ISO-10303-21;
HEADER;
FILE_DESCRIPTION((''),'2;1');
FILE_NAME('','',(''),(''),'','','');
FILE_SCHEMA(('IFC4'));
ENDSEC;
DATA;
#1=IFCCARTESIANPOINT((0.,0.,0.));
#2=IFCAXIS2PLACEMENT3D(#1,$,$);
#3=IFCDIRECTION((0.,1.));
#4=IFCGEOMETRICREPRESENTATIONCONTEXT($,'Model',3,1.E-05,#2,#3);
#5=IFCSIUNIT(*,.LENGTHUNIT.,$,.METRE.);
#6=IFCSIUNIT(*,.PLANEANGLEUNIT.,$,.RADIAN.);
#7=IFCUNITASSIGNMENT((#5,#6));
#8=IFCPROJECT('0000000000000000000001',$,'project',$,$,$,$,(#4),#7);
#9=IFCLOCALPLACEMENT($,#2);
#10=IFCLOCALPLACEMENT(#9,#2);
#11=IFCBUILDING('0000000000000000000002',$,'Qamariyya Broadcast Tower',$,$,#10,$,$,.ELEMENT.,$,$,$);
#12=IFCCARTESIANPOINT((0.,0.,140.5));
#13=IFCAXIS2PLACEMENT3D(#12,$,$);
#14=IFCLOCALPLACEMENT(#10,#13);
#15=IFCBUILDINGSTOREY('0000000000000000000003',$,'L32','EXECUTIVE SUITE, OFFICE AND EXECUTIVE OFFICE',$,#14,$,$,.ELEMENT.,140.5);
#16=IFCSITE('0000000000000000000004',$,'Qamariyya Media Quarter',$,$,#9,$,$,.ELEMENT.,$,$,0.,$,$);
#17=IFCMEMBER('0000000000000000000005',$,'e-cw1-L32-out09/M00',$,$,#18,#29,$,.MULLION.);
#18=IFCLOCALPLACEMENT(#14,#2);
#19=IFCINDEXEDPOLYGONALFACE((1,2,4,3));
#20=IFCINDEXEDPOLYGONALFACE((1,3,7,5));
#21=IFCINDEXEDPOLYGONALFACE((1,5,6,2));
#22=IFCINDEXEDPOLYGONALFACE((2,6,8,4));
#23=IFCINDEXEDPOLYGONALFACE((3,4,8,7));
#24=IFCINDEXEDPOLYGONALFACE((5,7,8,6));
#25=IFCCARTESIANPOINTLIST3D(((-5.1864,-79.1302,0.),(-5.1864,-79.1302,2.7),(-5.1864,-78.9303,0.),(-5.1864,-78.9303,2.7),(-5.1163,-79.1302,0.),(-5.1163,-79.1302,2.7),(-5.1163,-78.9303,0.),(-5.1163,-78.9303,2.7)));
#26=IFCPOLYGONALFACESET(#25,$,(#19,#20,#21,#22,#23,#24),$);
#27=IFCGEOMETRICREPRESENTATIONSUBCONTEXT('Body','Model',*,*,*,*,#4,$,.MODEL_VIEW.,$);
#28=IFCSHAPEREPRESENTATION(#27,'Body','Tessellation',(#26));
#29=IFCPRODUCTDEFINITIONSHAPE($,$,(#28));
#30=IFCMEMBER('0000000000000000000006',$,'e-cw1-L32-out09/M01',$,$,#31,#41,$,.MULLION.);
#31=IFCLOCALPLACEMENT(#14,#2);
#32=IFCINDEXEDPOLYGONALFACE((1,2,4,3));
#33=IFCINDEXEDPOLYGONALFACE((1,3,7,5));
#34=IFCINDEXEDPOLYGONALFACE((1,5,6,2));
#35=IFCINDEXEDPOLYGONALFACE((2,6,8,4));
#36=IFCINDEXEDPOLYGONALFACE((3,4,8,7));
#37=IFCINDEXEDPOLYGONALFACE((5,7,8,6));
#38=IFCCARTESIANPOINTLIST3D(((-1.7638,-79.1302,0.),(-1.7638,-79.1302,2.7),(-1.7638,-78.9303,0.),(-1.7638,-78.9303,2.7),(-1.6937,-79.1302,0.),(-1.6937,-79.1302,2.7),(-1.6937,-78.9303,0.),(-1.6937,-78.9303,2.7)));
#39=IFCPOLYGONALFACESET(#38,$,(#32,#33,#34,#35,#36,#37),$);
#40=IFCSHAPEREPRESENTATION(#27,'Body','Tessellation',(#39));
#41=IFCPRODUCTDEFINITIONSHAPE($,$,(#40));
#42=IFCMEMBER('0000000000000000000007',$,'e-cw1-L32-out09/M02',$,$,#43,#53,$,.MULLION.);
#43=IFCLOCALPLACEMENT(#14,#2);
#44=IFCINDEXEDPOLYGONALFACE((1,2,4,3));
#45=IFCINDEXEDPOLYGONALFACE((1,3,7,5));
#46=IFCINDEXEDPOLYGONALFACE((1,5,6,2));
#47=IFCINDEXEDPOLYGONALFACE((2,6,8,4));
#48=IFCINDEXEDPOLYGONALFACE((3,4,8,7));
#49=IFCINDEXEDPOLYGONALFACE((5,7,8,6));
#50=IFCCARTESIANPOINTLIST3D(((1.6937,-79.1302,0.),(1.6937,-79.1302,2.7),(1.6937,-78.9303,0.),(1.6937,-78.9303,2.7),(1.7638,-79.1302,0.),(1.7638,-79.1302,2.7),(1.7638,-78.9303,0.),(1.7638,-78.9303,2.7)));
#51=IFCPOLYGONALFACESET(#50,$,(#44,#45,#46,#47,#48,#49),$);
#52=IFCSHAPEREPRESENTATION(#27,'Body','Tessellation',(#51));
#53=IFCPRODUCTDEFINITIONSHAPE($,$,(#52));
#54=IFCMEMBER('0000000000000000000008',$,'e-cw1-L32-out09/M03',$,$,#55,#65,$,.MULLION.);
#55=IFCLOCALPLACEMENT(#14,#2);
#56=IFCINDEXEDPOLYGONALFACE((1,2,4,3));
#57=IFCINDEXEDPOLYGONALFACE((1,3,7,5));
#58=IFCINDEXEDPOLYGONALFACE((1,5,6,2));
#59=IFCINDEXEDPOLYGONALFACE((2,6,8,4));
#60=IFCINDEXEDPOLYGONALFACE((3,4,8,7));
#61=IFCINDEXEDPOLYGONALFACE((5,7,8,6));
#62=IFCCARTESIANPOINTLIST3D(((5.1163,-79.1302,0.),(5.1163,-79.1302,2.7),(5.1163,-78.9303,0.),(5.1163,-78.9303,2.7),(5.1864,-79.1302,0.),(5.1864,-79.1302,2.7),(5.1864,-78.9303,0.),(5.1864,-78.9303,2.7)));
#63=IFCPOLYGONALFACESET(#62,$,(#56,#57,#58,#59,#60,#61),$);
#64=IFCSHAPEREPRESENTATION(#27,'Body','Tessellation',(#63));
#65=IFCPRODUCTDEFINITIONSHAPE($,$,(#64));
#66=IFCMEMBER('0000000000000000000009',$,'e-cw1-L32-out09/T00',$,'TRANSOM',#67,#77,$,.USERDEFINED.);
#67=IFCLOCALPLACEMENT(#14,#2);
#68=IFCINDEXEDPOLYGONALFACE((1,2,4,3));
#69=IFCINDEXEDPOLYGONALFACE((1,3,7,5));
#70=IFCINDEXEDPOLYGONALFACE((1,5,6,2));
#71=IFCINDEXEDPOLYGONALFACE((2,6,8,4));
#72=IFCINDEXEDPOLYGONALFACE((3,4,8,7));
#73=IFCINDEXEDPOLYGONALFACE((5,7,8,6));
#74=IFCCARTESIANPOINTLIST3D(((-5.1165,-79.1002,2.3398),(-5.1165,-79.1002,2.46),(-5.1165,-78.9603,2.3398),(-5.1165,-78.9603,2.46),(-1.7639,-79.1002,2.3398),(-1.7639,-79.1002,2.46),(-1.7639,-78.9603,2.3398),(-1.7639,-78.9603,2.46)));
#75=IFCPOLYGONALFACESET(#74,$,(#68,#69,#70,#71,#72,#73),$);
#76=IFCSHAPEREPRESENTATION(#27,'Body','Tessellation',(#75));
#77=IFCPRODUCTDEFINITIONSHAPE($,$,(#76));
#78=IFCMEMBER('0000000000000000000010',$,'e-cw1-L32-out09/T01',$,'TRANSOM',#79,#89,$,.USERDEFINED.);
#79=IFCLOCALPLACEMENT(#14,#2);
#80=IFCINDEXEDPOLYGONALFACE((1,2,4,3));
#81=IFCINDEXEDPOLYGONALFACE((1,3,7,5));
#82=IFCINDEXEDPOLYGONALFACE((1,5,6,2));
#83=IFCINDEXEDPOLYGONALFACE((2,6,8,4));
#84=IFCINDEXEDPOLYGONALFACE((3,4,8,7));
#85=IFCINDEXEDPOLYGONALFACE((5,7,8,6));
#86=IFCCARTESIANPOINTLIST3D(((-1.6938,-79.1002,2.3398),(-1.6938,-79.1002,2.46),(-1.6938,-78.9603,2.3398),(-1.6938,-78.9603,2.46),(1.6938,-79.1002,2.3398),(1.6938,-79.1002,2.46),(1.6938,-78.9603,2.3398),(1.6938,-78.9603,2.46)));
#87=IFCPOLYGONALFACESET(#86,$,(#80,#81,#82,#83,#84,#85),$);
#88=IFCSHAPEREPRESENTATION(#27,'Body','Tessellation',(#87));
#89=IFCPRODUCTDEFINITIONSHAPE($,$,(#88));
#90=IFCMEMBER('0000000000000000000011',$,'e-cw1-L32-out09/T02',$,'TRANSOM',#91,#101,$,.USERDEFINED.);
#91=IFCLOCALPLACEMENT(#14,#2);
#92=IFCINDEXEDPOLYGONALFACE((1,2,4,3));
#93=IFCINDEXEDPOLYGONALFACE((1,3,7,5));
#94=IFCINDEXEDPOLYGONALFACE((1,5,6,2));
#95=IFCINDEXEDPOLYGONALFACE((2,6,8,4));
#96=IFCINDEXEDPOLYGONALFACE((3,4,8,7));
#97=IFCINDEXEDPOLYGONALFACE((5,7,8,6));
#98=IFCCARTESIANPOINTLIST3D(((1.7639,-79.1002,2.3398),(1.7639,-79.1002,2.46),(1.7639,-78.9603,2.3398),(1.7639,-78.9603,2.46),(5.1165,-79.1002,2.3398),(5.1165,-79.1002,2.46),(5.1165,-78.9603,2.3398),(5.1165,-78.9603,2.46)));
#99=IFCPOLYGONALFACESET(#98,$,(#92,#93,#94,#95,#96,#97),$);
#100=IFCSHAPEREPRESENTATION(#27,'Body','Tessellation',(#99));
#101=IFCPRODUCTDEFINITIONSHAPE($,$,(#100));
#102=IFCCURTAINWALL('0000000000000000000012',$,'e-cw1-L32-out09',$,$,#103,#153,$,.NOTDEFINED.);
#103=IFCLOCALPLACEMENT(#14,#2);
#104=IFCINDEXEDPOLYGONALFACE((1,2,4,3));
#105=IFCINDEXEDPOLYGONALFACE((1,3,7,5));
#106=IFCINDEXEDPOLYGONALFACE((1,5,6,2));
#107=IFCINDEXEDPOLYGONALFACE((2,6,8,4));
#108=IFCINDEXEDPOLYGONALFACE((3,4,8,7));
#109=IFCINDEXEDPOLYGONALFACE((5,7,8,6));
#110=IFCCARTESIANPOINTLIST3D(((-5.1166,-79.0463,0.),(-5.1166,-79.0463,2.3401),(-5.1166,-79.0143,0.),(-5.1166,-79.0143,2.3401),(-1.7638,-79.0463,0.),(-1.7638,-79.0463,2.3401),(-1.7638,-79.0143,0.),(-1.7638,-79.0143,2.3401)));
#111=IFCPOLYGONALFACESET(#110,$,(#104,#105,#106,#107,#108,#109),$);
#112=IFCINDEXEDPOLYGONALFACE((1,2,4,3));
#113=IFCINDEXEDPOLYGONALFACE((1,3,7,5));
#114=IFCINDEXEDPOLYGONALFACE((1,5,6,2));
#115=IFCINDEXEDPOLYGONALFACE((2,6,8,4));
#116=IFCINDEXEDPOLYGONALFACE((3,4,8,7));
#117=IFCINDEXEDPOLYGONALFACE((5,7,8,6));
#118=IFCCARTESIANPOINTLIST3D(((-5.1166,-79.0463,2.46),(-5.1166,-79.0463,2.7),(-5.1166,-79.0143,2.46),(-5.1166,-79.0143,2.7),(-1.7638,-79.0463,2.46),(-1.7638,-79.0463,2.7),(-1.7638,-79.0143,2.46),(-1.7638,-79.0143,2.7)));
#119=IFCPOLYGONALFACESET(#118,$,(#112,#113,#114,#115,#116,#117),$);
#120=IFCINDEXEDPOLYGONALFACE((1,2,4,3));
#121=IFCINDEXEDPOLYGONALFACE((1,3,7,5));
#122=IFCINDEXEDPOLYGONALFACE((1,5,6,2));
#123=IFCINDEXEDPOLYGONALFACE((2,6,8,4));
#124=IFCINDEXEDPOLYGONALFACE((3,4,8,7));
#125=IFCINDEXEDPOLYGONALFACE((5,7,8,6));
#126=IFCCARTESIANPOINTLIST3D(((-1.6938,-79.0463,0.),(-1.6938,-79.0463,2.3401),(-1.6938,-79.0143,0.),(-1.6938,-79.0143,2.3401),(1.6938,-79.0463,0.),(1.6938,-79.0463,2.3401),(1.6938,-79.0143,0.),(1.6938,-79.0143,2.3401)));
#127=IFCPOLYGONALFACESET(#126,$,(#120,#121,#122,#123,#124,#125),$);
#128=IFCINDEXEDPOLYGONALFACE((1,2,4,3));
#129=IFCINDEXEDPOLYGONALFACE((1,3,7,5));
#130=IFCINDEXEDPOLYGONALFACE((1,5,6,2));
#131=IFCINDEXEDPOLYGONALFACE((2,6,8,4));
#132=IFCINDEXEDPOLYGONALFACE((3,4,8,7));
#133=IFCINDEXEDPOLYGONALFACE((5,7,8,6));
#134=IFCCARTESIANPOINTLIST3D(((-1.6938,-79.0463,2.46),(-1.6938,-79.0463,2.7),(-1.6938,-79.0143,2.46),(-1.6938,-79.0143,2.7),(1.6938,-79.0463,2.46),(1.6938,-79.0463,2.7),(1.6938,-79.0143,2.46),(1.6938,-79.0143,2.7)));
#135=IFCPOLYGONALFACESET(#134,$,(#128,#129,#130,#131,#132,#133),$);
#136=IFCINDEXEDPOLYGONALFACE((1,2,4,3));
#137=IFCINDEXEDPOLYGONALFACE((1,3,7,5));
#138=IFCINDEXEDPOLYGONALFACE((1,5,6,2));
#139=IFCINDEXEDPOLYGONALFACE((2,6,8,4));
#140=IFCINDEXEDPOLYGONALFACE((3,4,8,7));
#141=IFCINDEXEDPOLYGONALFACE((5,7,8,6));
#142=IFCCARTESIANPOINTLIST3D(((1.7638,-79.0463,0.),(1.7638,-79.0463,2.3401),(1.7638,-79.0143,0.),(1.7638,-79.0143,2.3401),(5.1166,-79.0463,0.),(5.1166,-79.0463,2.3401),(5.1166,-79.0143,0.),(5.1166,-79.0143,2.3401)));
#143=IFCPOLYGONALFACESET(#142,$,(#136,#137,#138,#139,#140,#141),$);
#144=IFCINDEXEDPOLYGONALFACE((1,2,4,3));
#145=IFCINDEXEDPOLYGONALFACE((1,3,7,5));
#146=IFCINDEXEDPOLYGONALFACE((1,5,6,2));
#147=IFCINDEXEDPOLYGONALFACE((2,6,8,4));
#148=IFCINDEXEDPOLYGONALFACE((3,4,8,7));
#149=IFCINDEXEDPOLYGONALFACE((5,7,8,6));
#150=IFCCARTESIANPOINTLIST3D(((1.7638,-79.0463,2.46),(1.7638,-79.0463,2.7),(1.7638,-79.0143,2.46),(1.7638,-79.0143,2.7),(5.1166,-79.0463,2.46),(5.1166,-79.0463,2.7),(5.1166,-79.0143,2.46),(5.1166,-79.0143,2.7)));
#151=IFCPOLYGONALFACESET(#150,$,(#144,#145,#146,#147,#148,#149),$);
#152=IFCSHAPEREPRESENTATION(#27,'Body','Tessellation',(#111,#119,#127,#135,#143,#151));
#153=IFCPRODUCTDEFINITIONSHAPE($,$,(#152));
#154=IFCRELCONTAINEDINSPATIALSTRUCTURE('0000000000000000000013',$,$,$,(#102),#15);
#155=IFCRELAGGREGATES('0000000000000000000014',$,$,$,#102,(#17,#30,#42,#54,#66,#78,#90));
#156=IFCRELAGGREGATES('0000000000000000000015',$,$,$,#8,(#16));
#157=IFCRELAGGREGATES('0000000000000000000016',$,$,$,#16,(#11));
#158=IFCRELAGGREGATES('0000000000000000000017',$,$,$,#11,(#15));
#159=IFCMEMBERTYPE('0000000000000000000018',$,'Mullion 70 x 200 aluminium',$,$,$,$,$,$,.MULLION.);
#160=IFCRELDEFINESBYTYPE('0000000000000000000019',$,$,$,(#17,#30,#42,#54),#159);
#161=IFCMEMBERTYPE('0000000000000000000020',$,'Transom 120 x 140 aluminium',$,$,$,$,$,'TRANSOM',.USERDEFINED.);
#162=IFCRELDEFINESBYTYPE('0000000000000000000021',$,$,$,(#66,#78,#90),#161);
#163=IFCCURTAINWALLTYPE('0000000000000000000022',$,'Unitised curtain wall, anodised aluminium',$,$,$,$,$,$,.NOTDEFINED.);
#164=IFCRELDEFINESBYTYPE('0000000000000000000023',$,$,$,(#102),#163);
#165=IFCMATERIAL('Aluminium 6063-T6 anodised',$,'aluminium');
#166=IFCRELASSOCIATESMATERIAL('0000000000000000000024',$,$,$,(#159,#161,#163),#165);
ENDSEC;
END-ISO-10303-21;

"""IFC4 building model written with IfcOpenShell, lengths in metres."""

from ifc_helpers import new_model, si_unit, direction, frame, origin, origin_2d, place, context, subcontext, project, spatial, rectangle, extrude, material, material_profile, profile_set, type_object, element, aggregate, save


model = new_model("IFC4")

# Units and contexts
model_context = context("Model", 3, precision=1e-05, world=origin(), true_north=direction((0.0, 1.0)))
body_context = subcontext(model_context, "Body", "Model", "MODEL_VIEW")
ifc_project = project(units=[si_unit("LENGTHUNIT", "METRE"), si_unit("PLANEANGLEUNIT", "RADIAN")], contexts=[model_context])

# Members
ifc_material = material(Name="Aluminium 6063-T6 anodised", Category="aluminium")
ifc_material_profile_1 = material_profile(ifc_material, rectangle(XDim=0.2, YDim=0.0701, at=origin_2d()))
ifc_profile_set_1 = profile_set([ifc_material_profile_1], Name="Aluminium 6063-T6 anodised")
member_type_1 = type_object("IfcMemberType", Name="Mullion 70 x 200 aluminium", PredefinedType="MULLION", material=ifc_profile_set_1)
site_placement = place(None, origin())
building_placement = place(site_placement, origin())
storey_placement = place(building_placement, frame((0.0, 0.0, 140.5)))
member_1_placement = place(storey_placement, frame((-5.1514, -79.0303, 0.0), z_axis=(0.0, 0.0, 1.0), x_axis=(0.0, 1.0, 0.0)))
member_1 = element("IfcMember", 1, at=member_1_placement, type_object=member_type_1, Name="e-cw1-L32-out09/M00", PredefinedType="MULLION", context=body_context, shape_type="SweptSolid", body=[
    extrude(rectangle(XDim=0.2, YDim=0.0701, at=origin_2d()), origin(), (0.0, 0.0, 1.0), 2.7),
])
member_2_placement = place(storey_placement, frame((-1.7288, -79.0303, 0.0), z_axis=(0.0, 0.0, 1.0), x_axis=(0.0, 1.0, 0.0)))
member_2 = element("IfcMember", 2, at=member_2_placement, type_object=member_type_1, Name="e-cw1-L32-out09/M01", PredefinedType="MULLION", context=body_context, shape_type="SweptSolid", body=[
    extrude(rectangle(XDim=0.2, YDim=0.0701, at=origin_2d()), origin(), (0.0, 0.0, 1.0), 2.7),
])
member_3_placement = place(storey_placement, frame((1.7288, -79.0303, 0.0), z_axis=(0.0, 0.0, 1.0), x_axis=(0.0, 1.0, 0.0)))
member_3 = element("IfcMember", 3, at=member_3_placement, type_object=member_type_1, Name="e-cw1-L32-out09/M02", PredefinedType="MULLION", context=body_context, shape_type="SweptSolid", body=[
    extrude(rectangle(XDim=0.2, YDim=0.0701, at=origin_2d()), origin(), (0.0, 0.0, 1.0), 2.7),
])
member_4_placement = place(storey_placement, frame((5.1514, -79.0303, 0.0), z_axis=(0.0, 0.0, 1.0), x_axis=(0.0, 1.0, 0.0)))
member_4 = element("IfcMember", 4, at=member_4_placement, type_object=member_type_1, Name="e-cw1-L32-out09/M03", PredefinedType="MULLION", context=body_context, shape_type="SweptSolid", body=[
    extrude(rectangle(XDim=0.2, YDim=0.0701, at=origin_2d()), origin(), (0.0, 0.0, 1.0), 2.7),
])
ifc_material_profile_2 = material_profile(ifc_material, rectangle(XDim=0.1399, YDim=0.1201, at=origin_2d()))
ifc_profile_set_2 = profile_set([ifc_material_profile_2], Name="Aluminium 6063-T6 anodised")
member_type_2 = type_object("IfcMemberType", Name="Transom 120 x 140 aluminium", ElementType="TRANSOM", PredefinedType="USERDEFINED", material=ifc_profile_set_2)
member_5_placement = place(storey_placement, frame((-5.1165, -79.0303, 2.3999), z_axis=(1.0, 0.0, 0.0), x_axis=(0.0, 1.0, 0.0)))
member_5 = element("IfcMember", 5, at=member_5_placement, type_object=member_type_2, Name="e-cw1-L32-out09/T00", ObjectType="TRANSOM", PredefinedType="USERDEFINED", context=body_context, shape_type="SweptSolid", body=[
    extrude(rectangle(XDim=0.1399, YDim=0.1201, at=origin_2d()), origin(), (0.0, 0.0, 1.0), 3.3525),
])
member_6_placement = place(storey_placement, frame((-1.6938, -79.0303, 2.3999), z_axis=(1.0, 0.0, 0.0), x_axis=(0.0, 1.0, 0.0)))
member_6 = element("IfcMember", 6, at=member_6_placement, type_object=member_type_2, Name="e-cw1-L32-out09/T01", ObjectType="TRANSOM", PredefinedType="USERDEFINED", context=body_context, shape_type="SweptSolid", body=[
    extrude(rectangle(XDim=0.1399, YDim=0.1201, at=origin_2d()), origin(), (0.0, 0.0, 1.0), 3.3877),
])
member_7_placement = place(storey_placement, frame((1.7639, -79.0303, 2.3999), z_axis=(1.0, 0.0, 0.0), x_axis=(0.0, 1.0, 0.0)))
member_7 = element("IfcMember", 7, at=member_7_placement, type_object=member_type_2, Name="e-cw1-L32-out09/T02", ObjectType="TRANSOM", PredefinedType="USERDEFINED", context=body_context, shape_type="SweptSolid", body=[
    extrude(rectangle(XDim=0.1399, YDim=0.1201, at=origin_2d()), origin(), (0.0, 0.0, 1.0), 3.3525),
])

# Site, building, storey
site = spatial("IfcSite", under=ifc_project, at=site_placement, Name="Qamariyya Media Quarter", CompositionType="ELEMENT", RefElevation=0.0)
building = spatial("IfcBuilding", under=site, at=building_placement, Name="Qamariyya Broadcast Tower", CompositionType="ELEMENT")
storey = spatial("IfcBuildingStorey", under=building, at=storey_placement, Name="L32", Description="EXECUTIVE SUITE, OFFICE AND EXECUTIVE OFFICE", CompositionType="ELEMENT", Elevation=140.5)

# Curtain wall
curtain_wall_type = type_object("IfcCurtainWallType", Name="Unitised curtain wall, anodised aluminium", PredefinedType="NOTDEFINED", material=ifc_material)
curtain_wall_1_placement = place(storey_placement, origin())
curtain_wall_1 = element("IfcCurtainWall", 8, at=curtain_wall_1_placement, inside=storey, type_object=curtain_wall_type, Name="e-cw1-L32-out09", PredefinedType="NOTDEFINED", context=body_context, shape_type="SweptSolid", body=[
    extrude(rectangle(XDim=3.3528, YDim=0.032, at=origin_2d()), frame((-3.4402, -79.0303, 0.0), x_axis=(1.0, 0.0, 0.0)), (0.0, 0.0, 1.0), 2.3401),
    extrude(rectangle(XDim=3.3528, YDim=0.032, at=origin_2d()), frame((-3.4402, -79.0303, 2.46), x_axis=(1.0, 0.0, 0.0)), (0.0, 0.0, 1.0), 0.24),
    extrude(rectangle(XDim=3.3877, YDim=0.032, at=origin_2d()), frame((0.0, -79.0303, 0.0), x_axis=(1.0, 0.0, 0.0)), (0.0, 0.0, 1.0), 2.3401),
    extrude(rectangle(XDim=3.3877, YDim=0.032, at=origin_2d()), frame((0.0, -79.0303, 2.46), x_axis=(1.0, 0.0, 0.0)), (0.0, 0.0, 1.0), 0.24),
    extrude(rectangle(XDim=3.3528, YDim=0.032, at=origin_2d()), frame((3.4402, -79.0303, 0.0), x_axis=(1.0, 0.0, 0.0)), (0.0, 0.0, 1.0), 2.3401),
    extrude(rectangle(XDim=3.3528, YDim=0.032, at=origin_2d()), frame((3.4402, -79.0303, 2.46), x_axis=(1.0, 0.0, 0.0)), (0.0, 0.0, 1.0), 0.24),
])
aggregate(curtain_wall_1, [member_1, member_2, member_3, member_4, member_5, member_6, member_7])

save(model, "model.ifc")
